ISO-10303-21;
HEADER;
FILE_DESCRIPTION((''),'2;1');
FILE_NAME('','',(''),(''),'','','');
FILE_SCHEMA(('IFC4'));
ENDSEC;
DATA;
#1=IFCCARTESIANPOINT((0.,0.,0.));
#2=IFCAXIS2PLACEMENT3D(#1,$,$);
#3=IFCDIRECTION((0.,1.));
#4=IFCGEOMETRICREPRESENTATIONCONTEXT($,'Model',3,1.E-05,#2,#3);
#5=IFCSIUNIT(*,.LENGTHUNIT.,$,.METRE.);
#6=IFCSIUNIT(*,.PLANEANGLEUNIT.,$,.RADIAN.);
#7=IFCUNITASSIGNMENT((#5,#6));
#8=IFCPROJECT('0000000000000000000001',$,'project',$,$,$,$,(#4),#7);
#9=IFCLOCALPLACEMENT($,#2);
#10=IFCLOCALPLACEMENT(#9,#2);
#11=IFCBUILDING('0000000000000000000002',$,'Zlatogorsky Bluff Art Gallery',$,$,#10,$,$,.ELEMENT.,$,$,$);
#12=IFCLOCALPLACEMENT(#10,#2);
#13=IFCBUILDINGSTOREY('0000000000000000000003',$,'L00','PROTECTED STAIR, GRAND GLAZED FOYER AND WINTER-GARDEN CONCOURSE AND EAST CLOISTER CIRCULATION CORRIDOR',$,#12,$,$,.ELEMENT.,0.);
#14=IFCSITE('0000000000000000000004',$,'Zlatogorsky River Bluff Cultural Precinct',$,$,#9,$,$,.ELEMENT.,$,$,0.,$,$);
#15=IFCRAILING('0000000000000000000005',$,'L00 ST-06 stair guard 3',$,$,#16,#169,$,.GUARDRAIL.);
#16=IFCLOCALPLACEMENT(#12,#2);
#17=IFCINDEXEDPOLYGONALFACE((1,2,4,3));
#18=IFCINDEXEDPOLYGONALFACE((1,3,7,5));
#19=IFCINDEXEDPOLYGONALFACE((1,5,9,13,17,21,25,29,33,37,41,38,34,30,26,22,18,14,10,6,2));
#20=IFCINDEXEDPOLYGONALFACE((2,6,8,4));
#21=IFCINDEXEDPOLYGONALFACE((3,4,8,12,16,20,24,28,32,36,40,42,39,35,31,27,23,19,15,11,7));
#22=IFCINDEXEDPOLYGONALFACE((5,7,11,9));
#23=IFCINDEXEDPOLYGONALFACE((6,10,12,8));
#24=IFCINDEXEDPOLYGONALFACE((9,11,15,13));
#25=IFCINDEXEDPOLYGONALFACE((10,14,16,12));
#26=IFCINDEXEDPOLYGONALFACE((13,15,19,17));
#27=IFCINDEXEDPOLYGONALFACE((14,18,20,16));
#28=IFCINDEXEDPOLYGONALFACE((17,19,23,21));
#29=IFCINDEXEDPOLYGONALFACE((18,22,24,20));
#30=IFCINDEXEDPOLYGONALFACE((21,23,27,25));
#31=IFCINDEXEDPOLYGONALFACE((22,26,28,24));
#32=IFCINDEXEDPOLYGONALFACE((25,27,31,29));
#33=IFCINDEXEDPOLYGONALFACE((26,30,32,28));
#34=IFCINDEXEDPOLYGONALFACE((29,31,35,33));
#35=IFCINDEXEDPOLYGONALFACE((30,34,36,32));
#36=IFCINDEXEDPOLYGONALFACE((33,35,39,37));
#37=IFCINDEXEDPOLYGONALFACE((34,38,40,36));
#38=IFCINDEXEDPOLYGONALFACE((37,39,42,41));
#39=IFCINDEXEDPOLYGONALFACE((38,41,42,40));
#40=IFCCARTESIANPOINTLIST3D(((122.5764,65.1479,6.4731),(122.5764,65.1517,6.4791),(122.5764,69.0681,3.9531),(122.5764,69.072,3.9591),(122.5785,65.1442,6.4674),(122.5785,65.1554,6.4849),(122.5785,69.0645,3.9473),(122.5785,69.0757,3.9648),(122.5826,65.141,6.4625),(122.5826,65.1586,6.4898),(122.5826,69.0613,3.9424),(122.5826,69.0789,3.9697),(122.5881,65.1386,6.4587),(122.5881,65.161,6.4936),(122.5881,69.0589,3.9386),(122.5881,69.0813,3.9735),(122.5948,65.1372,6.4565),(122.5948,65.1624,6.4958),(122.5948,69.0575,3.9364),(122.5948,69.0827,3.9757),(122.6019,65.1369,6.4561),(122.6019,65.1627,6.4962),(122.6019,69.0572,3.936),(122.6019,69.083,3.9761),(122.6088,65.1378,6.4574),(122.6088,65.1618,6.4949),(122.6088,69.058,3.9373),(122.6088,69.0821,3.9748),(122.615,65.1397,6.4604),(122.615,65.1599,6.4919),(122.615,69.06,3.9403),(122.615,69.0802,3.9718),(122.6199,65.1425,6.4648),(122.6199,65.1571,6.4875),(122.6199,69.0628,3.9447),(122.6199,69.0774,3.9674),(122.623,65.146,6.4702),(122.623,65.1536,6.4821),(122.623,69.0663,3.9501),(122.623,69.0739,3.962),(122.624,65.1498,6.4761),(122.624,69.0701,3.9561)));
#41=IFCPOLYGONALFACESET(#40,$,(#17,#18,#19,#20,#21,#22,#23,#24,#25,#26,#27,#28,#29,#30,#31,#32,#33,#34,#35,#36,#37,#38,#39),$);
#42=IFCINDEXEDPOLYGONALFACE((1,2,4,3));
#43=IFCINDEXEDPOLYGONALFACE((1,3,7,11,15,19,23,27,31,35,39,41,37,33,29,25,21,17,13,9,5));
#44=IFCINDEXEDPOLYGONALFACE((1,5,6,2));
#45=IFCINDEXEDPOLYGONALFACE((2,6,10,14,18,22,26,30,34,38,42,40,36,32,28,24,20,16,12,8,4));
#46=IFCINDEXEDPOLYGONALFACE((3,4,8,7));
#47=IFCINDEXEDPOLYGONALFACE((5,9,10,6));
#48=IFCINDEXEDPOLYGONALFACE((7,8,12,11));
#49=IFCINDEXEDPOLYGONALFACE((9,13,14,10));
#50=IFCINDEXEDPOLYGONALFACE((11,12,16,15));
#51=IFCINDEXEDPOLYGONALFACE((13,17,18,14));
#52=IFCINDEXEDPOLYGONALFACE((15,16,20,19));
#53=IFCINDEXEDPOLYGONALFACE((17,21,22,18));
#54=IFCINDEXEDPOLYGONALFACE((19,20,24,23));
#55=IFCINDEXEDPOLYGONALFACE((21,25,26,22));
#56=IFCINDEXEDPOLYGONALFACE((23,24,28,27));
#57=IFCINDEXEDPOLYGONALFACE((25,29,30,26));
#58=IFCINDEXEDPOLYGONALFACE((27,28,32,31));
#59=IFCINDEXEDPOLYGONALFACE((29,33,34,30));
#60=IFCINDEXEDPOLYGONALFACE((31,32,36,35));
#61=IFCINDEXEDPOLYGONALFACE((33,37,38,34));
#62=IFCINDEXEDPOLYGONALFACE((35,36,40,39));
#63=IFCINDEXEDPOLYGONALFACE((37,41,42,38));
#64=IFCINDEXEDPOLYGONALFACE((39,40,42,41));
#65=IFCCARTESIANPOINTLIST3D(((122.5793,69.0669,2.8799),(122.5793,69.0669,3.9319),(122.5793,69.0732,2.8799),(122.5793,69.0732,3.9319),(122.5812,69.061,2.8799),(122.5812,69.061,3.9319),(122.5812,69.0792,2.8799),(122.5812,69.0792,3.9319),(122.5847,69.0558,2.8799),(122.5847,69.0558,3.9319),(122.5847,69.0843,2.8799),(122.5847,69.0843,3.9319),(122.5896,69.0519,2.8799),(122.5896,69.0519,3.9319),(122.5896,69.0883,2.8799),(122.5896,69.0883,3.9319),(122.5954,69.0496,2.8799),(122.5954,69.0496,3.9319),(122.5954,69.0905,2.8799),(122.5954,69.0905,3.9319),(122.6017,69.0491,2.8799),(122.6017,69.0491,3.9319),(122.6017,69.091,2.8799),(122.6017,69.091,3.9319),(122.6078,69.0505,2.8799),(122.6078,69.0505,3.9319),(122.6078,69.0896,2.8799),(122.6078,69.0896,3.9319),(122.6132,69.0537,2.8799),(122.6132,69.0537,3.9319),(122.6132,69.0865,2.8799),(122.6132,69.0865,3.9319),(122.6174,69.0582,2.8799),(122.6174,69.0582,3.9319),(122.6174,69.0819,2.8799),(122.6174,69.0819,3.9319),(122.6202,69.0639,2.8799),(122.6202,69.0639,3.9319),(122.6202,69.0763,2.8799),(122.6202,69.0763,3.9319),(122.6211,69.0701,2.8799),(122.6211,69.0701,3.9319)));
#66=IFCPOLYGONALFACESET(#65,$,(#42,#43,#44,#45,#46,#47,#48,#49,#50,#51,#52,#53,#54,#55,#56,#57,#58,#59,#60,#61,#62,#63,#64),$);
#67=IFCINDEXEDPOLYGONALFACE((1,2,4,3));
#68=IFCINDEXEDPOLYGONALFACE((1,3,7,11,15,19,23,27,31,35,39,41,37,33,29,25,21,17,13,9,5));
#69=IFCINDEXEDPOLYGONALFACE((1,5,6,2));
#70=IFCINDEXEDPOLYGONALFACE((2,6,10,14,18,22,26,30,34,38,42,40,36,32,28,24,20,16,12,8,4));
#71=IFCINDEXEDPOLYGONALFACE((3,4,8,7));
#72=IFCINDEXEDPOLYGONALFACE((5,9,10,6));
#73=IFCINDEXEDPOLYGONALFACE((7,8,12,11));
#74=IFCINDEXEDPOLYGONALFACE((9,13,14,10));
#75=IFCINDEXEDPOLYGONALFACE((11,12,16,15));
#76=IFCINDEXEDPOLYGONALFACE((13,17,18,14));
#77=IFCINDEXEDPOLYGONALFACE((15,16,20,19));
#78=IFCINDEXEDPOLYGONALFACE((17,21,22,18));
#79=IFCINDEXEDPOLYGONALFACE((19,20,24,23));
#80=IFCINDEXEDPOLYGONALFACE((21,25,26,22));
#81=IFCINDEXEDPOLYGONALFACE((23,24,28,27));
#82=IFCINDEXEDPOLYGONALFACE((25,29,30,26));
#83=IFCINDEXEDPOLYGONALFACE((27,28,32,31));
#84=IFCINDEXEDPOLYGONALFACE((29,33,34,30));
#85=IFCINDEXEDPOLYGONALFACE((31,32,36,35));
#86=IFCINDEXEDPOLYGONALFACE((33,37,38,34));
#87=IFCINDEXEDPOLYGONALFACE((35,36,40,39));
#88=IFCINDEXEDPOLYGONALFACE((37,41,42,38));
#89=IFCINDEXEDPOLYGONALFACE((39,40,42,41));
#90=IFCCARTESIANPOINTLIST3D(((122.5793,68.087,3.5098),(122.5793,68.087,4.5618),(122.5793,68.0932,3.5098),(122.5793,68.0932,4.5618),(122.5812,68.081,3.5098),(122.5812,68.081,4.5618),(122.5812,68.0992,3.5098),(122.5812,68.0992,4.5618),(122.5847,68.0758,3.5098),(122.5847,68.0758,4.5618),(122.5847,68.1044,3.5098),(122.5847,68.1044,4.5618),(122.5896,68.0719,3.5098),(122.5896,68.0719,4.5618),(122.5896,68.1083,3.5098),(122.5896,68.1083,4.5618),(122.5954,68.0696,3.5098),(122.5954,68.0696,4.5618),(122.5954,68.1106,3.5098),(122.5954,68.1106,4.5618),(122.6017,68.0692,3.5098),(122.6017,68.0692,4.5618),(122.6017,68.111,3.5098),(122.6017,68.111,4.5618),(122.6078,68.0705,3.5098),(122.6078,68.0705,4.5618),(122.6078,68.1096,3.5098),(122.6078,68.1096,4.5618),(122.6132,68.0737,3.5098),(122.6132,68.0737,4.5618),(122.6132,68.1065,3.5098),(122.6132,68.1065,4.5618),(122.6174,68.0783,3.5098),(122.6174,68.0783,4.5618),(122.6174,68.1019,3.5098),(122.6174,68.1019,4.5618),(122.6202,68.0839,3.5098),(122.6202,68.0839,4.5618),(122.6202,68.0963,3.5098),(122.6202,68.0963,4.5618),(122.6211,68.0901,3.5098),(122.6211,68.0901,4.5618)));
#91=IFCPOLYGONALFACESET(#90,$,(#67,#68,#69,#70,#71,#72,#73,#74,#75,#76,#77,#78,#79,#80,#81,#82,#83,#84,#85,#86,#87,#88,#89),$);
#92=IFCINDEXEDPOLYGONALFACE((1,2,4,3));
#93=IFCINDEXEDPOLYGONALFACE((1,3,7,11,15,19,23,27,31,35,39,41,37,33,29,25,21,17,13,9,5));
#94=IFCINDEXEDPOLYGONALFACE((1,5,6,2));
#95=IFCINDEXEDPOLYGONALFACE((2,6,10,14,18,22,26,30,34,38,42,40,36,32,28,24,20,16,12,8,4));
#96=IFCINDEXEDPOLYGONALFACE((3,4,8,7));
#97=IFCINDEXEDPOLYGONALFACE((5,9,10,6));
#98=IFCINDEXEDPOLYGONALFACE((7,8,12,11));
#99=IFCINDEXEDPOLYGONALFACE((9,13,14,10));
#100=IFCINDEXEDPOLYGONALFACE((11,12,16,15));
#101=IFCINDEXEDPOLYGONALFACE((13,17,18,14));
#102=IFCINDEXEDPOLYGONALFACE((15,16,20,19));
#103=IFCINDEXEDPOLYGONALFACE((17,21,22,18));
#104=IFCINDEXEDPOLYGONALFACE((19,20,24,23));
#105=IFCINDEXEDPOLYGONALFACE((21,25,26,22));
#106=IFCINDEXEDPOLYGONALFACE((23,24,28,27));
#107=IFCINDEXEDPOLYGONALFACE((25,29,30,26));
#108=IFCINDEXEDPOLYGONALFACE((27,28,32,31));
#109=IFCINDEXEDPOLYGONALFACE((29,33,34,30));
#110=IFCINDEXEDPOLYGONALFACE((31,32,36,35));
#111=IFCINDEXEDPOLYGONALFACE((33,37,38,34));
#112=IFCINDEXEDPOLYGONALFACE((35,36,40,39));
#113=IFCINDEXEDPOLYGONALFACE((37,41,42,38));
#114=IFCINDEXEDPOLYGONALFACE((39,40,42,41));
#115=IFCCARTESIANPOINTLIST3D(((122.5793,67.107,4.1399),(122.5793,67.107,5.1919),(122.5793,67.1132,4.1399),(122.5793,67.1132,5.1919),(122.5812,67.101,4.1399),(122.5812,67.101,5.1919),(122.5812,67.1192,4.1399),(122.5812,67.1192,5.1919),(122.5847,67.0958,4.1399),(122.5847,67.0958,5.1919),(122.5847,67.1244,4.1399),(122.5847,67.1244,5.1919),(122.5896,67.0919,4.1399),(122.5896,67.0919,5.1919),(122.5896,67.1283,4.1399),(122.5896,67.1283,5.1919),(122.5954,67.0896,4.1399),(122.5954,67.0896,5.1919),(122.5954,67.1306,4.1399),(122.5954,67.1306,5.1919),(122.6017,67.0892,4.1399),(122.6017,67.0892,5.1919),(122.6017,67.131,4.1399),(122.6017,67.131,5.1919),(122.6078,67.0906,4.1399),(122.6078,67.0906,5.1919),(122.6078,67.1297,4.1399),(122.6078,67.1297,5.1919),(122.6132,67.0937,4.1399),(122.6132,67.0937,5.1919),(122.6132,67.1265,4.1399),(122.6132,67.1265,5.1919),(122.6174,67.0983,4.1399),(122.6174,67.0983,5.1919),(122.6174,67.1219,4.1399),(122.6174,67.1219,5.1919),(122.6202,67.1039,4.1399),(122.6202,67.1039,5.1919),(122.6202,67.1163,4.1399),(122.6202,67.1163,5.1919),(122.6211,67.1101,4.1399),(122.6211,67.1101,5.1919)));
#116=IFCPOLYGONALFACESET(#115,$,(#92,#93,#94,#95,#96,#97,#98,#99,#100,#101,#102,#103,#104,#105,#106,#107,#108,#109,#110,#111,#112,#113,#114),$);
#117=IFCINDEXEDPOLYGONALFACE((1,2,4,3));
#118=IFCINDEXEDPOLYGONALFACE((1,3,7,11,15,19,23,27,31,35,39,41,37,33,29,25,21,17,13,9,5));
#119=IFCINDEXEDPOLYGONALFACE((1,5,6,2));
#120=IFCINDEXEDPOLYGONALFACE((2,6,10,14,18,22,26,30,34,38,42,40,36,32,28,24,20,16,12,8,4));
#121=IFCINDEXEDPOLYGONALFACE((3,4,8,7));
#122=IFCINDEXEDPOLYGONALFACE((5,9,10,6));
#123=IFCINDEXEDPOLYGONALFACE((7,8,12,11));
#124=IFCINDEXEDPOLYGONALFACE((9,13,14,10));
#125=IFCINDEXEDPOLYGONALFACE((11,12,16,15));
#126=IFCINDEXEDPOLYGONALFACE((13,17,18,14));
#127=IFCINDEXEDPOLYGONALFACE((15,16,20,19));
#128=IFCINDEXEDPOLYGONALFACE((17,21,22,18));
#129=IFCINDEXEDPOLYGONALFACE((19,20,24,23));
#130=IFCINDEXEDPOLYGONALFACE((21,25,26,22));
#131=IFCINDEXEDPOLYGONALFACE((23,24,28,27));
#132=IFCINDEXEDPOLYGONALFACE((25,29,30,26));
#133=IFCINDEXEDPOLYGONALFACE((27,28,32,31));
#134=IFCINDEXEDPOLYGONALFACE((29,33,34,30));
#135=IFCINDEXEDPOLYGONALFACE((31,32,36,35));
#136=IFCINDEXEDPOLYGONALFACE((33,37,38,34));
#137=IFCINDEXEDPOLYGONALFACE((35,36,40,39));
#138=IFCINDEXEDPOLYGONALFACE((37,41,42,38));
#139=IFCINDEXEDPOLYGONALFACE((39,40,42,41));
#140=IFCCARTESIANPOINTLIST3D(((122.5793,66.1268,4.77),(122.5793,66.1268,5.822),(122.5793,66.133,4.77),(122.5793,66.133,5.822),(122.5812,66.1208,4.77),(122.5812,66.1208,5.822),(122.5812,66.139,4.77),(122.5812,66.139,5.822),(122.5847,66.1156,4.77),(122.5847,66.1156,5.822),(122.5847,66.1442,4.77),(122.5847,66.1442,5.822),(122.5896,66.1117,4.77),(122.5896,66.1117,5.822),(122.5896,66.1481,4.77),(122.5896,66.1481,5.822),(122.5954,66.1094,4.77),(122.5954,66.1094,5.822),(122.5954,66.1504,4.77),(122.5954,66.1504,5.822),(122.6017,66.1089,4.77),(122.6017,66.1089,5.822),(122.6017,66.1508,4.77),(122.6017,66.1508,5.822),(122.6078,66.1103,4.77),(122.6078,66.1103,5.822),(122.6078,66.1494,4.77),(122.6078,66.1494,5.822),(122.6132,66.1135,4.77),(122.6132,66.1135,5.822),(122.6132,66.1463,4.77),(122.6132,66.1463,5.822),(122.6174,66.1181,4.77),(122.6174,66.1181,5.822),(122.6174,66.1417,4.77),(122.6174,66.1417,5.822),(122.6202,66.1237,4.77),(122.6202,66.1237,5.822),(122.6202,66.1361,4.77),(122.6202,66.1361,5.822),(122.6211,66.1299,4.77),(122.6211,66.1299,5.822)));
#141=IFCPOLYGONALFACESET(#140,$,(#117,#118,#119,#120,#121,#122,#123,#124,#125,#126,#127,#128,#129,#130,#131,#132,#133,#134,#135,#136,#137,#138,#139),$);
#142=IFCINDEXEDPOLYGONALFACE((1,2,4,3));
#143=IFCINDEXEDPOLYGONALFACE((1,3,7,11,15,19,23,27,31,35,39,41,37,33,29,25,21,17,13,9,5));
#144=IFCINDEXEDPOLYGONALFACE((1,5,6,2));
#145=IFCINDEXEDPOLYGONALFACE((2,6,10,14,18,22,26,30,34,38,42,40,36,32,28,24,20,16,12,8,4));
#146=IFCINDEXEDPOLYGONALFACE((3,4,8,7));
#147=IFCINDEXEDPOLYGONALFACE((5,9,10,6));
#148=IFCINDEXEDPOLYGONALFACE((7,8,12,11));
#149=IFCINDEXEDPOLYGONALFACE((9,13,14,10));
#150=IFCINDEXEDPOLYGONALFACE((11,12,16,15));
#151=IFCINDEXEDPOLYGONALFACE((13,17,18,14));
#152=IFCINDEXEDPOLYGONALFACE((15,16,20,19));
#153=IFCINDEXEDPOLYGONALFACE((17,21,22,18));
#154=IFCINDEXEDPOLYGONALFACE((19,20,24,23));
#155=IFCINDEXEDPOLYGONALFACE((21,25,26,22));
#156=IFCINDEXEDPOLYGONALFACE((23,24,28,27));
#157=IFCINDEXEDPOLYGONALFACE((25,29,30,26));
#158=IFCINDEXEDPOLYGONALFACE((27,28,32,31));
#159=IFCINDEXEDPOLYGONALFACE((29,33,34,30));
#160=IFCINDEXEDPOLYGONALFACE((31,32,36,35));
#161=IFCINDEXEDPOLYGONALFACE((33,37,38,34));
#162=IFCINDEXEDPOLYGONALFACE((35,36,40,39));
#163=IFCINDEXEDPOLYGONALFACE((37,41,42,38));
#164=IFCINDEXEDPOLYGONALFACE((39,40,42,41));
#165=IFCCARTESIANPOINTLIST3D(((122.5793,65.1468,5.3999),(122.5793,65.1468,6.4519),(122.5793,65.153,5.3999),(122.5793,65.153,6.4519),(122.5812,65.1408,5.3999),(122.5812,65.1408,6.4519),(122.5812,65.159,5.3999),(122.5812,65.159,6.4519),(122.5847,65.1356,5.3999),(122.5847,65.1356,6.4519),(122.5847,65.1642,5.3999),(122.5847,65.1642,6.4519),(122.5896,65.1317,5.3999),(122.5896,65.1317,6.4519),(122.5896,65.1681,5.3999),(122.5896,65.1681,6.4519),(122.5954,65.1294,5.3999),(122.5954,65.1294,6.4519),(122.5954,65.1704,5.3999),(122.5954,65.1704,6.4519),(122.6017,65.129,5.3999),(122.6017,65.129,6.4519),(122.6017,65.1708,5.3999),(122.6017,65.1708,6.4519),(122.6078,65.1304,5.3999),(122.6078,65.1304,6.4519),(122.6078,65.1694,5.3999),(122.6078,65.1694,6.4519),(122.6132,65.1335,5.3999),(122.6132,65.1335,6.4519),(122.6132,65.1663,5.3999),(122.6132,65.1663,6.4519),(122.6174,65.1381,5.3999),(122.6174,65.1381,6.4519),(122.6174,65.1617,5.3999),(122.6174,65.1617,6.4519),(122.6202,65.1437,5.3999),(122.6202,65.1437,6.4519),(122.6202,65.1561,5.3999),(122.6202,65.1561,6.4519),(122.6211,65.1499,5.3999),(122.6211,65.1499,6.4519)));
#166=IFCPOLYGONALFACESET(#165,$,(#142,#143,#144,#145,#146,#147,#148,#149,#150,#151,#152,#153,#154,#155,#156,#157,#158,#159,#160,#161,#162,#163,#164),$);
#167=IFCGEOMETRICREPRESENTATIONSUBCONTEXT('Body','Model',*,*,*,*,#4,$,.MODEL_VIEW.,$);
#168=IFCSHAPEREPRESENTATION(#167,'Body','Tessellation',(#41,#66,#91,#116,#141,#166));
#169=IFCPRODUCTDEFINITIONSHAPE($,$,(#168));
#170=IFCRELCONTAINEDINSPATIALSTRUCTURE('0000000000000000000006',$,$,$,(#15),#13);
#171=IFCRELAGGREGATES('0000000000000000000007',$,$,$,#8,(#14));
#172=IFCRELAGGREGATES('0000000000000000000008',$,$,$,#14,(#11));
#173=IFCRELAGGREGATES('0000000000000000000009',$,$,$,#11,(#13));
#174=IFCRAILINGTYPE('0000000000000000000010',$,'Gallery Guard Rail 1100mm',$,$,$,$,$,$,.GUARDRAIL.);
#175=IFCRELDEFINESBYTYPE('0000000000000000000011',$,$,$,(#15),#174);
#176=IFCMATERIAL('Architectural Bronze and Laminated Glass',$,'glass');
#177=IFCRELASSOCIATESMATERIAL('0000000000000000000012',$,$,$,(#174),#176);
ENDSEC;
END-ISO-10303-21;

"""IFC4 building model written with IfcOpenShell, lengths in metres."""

from ifc_helpers import new_model, si_unit, direction, frame, origin, origin_2d, place, context, subcontext, project, spatial, circle, extrude, material, type_object, element, save


model = new_model("IFC4")

# Units and contexts
model_context = context("Model", 3, precision=1e-05, world=origin(), true_north=direction((0.0, 1.0)))
body_context = subcontext(model_context, "Body", "Model", "MODEL_VIEW")
ifc_project = project(units=[si_unit("LENGTHUNIT", "METRE"), si_unit("PLANEANGLEUNIT", "RADIAN")], contexts=[model_context])

# Site, building, storey
site_placement = place(None, origin())
site = spatial("IfcSite", under=ifc_project, at=site_placement, Name="Zlatogorsky River Bluff Cultural Precinct", CompositionType="ELEMENT", RefElevation=0.0)
building_placement = place(site_placement, origin())
building = spatial("IfcBuilding", under=site, at=building_placement, Name="Zlatogorsky Bluff Art Gallery", CompositionType="ELEMENT")
storey_placement = place(building_placement, origin())
storey = spatial("IfcBuildingStorey", under=building, at=storey_placement, Name="L00", Description="PROTECTED STAIR, GRAND GLAZED FOYER AND WINTER-GARDEN CONCOURSE AND EAST CLOISTER CIRCULATION CORRIDOR", CompositionType="ELEMENT", Elevation=0.0)

# Railing
ifc_material_1 = material(Name="Architectural Bronze and Laminated Glass", Category="glass")
railing_type_1 = type_object("IfcRailingType", Name="Gallery Guard Rail 1100mm", PredefinedType="GUARDRAIL", material=ifc_material_1)
railing_1_placement = place(storey_placement, frame((122.6001, 69.0701, 2.8799)))
element("IfcRailing", 1, at=railing_1_placement, inside=storey, type_object=railing_type_1, Name="L00 ST-06 stair guard 3", PredefinedType="GUARDRAIL", context=body_context, shape_type="SweptSolid", body=[
    extrude(circle(Radius=0.0239, at=origin_2d()), frame((0.0, 0.0, 1.0762), z_axis=(0.0, -0.841187, 0.540744), x_axis=(1.0, 0.0, 0.0)), (0.0, 0.0, 1.0), 4.6604),
    extrude(circle(Radius=0.021, at=origin_2d()), origin(), (0.0, 0.0, 1.0), 1.052),
    extrude(circle(Radius=0.021, at=origin_2d()), frame((0.0, -0.98, 0.6299)), (0.0, 0.0, 1.0), 1.052),
    extrude(circle(Radius=0.021, at=origin_2d()), frame((0.0, -1.96, 1.26)), (0.0, 0.0, 1.0), 1.052),
    extrude(circle(Radius=0.021, at=origin_2d()), frame((0.0, -2.9402, 1.8901)), (0.0, 0.0, 1.0), 1.052),
    extrude(circle(Radius=0.021, at=origin_2d()), frame((0.0, -3.9202, 2.52)), (0.0, 0.0, 1.0), 1.052),
])

save(model, "model.ifc")
